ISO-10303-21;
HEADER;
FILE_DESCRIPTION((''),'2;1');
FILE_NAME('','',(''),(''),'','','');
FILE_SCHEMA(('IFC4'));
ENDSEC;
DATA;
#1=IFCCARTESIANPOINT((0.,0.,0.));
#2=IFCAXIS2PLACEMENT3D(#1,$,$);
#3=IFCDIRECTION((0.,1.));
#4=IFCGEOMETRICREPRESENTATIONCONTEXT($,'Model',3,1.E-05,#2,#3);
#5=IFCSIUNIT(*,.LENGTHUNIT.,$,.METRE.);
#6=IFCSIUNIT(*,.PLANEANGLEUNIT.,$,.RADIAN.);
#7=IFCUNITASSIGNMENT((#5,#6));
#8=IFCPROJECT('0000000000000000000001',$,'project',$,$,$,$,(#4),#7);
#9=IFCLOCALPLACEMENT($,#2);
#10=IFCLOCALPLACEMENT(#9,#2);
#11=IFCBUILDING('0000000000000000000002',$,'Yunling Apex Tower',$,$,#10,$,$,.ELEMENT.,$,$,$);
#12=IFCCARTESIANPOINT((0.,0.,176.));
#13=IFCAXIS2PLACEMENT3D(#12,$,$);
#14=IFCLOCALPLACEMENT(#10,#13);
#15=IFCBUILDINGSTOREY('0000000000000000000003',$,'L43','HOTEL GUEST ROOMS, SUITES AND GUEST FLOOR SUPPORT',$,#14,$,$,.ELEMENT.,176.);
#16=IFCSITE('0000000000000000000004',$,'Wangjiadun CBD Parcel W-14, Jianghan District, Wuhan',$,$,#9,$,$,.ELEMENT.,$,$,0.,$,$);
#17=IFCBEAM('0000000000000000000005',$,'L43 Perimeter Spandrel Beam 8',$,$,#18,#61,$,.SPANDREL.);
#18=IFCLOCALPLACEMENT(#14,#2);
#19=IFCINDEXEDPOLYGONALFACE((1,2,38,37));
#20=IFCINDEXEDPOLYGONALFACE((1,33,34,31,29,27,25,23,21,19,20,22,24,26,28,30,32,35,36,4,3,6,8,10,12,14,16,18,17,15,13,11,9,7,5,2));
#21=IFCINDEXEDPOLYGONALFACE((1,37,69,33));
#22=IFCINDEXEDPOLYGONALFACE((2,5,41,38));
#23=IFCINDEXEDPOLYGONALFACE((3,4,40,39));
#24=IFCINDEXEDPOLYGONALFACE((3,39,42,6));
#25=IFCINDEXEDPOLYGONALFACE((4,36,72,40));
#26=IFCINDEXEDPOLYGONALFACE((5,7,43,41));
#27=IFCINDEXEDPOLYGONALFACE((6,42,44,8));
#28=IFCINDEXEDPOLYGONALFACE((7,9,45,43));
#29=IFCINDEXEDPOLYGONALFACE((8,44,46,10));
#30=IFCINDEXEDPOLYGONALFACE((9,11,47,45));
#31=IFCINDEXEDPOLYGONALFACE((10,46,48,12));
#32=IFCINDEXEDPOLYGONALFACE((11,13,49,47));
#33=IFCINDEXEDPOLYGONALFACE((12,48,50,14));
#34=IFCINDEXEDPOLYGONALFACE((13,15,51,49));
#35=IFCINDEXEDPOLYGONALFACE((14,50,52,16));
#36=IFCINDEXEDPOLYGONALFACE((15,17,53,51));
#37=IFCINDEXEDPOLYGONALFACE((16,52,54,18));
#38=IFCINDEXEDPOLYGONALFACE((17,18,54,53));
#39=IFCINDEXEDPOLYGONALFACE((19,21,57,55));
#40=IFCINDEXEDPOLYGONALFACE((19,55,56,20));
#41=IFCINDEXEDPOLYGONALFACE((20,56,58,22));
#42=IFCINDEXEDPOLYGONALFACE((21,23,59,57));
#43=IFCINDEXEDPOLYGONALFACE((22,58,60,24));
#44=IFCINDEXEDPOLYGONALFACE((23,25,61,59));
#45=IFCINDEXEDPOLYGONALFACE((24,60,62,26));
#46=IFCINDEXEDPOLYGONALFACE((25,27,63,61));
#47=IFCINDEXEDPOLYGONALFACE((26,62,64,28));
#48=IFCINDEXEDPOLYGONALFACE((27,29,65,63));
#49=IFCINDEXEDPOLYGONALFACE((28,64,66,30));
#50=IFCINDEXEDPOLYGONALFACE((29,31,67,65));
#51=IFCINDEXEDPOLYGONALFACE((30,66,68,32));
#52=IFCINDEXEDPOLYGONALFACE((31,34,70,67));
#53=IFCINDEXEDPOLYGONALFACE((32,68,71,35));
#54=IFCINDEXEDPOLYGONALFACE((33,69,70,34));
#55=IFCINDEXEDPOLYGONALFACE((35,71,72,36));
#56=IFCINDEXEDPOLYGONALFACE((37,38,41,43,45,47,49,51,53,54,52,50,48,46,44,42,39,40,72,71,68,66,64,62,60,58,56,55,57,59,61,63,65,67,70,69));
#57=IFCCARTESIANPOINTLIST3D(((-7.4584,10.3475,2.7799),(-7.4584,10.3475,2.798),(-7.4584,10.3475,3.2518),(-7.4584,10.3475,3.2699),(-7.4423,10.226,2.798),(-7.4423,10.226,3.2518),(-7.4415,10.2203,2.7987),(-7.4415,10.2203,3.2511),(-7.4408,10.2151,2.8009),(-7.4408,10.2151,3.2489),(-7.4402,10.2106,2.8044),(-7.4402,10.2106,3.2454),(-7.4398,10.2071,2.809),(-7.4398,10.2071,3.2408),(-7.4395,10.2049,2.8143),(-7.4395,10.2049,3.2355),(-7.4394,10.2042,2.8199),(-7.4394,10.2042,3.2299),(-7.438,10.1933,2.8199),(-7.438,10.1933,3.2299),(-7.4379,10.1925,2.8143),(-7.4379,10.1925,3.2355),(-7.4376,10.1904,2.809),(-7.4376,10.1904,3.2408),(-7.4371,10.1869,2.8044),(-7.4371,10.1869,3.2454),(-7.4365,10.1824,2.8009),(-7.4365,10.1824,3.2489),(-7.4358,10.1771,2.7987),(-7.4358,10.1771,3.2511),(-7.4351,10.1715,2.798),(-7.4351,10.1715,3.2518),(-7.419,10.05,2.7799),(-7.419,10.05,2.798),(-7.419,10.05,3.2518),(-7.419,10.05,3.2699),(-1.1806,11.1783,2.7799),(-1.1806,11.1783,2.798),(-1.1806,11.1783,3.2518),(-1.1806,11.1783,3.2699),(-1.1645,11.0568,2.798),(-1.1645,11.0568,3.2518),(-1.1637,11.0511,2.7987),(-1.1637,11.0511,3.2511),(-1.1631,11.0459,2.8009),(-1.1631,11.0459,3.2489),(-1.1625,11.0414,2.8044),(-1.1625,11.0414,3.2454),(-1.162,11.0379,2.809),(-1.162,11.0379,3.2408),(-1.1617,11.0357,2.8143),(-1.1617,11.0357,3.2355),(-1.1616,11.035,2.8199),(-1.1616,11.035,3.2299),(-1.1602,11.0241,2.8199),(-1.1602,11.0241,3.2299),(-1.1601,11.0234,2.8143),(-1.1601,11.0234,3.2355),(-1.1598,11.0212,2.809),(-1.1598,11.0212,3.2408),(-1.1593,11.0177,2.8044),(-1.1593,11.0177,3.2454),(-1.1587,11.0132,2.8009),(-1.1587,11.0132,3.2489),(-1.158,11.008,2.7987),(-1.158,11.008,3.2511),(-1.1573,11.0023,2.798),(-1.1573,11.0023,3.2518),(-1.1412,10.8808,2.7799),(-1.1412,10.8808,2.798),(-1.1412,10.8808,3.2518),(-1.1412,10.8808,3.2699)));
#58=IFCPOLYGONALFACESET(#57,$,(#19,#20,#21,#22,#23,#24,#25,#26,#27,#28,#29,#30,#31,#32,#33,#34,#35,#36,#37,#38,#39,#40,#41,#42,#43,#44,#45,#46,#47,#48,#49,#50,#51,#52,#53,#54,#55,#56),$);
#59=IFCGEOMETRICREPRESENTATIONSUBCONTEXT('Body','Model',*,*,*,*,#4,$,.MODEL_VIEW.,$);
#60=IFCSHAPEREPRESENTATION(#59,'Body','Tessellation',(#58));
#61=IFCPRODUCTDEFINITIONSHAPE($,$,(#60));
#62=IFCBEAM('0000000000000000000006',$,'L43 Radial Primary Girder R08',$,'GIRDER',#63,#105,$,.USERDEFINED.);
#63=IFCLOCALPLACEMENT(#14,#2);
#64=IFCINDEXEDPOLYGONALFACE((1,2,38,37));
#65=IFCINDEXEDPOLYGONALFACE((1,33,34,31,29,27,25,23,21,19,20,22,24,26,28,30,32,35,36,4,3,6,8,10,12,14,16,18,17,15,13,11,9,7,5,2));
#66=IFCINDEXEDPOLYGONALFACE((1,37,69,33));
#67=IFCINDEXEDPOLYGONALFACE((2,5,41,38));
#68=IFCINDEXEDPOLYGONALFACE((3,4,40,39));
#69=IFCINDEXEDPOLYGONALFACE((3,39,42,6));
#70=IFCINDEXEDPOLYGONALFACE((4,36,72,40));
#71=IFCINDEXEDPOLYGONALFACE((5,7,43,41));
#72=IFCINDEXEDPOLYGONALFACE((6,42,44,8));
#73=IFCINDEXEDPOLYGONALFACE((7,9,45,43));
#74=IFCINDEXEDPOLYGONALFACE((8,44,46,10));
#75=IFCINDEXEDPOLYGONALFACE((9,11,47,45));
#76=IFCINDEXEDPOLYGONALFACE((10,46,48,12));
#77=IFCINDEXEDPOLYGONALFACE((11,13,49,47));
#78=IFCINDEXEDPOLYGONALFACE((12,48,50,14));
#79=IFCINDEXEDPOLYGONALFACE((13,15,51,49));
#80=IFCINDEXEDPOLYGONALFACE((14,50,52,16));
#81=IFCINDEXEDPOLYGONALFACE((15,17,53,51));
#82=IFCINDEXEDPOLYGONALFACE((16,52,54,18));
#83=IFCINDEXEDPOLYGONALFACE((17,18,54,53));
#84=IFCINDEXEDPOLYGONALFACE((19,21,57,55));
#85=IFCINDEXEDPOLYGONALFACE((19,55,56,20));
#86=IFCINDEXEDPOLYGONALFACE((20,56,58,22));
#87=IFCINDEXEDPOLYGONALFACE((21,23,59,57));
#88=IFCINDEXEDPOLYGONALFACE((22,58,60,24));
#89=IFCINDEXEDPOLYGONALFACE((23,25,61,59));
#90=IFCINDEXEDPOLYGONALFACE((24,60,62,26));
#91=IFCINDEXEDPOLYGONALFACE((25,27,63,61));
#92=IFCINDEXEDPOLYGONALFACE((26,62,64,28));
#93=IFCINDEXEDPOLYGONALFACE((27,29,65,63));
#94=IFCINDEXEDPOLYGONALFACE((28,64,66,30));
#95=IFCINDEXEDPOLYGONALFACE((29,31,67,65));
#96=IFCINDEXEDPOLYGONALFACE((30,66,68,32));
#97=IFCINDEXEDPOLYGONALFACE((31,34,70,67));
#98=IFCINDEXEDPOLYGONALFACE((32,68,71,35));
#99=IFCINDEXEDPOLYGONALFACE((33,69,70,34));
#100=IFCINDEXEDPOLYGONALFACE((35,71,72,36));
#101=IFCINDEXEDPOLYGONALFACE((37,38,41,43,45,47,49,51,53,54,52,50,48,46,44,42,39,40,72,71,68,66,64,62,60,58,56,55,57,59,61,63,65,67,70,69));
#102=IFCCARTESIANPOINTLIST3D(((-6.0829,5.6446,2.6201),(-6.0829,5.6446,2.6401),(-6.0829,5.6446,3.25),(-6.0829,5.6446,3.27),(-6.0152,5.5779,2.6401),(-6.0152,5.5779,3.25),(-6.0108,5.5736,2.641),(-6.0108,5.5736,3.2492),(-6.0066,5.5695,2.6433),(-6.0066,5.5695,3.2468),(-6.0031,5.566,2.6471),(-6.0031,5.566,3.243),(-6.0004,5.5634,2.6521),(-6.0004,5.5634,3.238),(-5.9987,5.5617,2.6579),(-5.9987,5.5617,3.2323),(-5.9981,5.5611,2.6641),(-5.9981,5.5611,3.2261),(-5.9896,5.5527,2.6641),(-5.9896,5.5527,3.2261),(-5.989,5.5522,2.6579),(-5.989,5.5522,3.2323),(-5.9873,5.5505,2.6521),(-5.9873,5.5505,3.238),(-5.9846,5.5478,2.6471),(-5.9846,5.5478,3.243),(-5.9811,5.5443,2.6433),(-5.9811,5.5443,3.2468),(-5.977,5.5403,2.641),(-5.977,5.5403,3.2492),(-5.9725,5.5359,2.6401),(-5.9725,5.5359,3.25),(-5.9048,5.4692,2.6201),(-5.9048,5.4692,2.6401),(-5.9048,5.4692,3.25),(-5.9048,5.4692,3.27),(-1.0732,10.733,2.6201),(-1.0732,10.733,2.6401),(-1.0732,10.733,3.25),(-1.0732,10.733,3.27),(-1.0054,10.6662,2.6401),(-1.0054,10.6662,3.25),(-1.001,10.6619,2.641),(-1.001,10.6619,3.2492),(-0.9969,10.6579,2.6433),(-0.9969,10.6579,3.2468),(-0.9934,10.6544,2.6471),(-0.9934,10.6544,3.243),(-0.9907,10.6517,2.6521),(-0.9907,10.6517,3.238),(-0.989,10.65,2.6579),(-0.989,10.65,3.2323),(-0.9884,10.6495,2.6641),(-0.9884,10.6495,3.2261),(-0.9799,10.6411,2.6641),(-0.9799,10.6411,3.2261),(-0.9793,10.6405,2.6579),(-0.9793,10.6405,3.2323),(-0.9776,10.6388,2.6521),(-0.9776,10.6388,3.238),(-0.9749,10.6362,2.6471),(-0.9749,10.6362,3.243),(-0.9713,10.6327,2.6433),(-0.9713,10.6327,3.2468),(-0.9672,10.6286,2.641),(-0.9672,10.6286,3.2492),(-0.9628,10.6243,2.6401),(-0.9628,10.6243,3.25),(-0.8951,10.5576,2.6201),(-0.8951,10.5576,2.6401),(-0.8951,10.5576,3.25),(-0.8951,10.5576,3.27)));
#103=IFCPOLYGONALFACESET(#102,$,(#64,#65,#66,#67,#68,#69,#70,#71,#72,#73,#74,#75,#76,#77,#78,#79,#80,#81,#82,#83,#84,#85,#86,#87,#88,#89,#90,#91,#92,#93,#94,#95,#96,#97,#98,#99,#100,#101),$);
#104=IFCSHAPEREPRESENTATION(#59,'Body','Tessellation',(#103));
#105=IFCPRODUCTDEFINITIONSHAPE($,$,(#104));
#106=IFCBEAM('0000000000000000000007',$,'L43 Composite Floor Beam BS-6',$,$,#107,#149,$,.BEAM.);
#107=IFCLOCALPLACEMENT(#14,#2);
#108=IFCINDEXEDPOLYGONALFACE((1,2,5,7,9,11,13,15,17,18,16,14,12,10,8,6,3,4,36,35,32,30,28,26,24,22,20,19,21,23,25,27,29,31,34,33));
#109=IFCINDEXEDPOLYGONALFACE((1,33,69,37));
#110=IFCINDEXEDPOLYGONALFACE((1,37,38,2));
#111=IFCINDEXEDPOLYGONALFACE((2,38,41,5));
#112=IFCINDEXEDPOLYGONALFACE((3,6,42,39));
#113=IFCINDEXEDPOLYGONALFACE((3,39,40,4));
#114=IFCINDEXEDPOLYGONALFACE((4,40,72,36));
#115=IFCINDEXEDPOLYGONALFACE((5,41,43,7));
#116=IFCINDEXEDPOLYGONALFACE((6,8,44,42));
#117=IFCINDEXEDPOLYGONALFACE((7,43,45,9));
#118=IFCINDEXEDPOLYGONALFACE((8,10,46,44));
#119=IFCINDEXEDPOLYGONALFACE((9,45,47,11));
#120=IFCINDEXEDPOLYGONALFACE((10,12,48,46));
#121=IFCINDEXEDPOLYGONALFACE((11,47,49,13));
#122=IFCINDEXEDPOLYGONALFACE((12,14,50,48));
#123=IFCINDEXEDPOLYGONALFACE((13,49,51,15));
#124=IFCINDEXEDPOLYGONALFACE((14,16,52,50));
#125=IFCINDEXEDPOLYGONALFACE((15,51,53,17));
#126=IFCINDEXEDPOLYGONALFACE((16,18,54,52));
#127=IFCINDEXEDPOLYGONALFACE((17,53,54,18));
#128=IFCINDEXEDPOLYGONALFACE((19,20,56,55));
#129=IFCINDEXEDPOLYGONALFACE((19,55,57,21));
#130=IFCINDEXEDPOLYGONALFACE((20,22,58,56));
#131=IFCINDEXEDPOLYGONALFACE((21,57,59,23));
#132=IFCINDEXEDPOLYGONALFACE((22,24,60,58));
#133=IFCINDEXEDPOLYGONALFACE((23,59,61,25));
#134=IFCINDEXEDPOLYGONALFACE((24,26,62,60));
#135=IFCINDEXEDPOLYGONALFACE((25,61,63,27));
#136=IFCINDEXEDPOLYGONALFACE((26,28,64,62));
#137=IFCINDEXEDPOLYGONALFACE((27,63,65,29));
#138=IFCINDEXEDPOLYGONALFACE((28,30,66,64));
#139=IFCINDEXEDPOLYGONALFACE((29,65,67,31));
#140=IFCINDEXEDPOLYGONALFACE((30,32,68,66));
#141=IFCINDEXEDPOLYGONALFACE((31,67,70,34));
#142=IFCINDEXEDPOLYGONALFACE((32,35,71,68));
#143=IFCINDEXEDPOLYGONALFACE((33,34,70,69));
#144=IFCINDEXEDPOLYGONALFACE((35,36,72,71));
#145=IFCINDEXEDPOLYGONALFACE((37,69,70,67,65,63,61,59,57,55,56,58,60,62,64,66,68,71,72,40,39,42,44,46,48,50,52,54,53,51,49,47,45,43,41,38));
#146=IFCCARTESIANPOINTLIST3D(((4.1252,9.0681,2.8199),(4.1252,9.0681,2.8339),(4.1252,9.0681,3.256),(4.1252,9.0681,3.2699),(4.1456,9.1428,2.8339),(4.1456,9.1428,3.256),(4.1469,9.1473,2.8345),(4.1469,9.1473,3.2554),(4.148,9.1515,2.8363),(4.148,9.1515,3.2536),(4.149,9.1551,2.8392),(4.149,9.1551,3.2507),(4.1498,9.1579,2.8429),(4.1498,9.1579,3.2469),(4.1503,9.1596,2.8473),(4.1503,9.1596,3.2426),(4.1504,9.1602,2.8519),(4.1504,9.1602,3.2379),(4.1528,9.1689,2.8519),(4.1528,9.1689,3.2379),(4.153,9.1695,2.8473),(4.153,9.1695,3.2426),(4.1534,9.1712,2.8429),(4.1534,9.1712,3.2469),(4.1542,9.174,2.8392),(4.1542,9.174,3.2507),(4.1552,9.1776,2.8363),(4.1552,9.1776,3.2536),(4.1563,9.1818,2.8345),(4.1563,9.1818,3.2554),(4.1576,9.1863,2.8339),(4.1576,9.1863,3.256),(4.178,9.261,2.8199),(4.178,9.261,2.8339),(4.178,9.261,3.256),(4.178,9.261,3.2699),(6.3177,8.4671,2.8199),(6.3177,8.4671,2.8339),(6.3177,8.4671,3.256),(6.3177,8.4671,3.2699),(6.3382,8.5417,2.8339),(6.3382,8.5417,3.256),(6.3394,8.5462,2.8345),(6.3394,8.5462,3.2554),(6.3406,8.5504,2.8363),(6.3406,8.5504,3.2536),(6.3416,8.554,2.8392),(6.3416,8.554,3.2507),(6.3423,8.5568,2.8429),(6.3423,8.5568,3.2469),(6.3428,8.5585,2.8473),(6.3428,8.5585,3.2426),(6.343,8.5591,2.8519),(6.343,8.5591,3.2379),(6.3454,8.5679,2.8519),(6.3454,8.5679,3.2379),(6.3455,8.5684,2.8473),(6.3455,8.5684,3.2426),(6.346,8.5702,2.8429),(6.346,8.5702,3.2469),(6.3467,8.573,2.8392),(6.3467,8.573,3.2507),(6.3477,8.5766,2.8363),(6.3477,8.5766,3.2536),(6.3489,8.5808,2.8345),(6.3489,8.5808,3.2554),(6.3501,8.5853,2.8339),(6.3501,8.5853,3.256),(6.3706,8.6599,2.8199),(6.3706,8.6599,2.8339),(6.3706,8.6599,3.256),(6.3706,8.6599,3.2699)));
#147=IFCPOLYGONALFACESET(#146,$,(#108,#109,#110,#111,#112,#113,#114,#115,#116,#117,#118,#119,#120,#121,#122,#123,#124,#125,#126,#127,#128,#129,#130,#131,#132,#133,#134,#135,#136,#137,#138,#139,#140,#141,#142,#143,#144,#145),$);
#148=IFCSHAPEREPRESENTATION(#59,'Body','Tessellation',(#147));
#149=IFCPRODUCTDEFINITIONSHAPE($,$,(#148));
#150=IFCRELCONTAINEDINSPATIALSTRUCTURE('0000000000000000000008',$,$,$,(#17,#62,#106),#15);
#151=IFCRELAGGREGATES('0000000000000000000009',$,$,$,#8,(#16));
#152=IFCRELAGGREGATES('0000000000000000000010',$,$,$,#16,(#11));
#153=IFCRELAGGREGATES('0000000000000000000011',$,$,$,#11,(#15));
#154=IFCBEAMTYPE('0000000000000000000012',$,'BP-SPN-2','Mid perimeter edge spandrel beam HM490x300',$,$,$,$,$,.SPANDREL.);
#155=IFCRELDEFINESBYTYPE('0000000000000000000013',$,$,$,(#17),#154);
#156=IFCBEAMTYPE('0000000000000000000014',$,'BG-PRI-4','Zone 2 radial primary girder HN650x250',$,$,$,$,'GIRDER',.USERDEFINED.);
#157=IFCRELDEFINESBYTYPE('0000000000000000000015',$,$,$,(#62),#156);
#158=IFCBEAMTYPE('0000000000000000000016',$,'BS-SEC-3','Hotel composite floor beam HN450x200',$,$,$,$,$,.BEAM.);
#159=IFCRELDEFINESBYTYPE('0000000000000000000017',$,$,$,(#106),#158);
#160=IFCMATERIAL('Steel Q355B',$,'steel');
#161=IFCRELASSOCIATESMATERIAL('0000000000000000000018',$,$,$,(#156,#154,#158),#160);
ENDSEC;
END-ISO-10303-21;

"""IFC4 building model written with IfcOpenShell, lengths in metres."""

from ifc_helpers import new_model, si_unit, direction, frame, origin, origin_2d, place, context, subcontext, project, spatial, i_section, extrude, source, transform, mapped, material, material_profile, profile_set, type_object, element, save


model = new_model("IFC4")

# Units and contexts
model_context = context("Model", 3, precision=1e-05, world=origin(), true_north=direction((0.0, 1.0)))
body_context = subcontext(model_context, "Body", "Model", "MODEL_VIEW")
ifc_project = project(units=[si_unit("LENGTHUNIT", "METRE"), si_unit("PLANEANGLEUNIT", "RADIAN")], contexts=[model_context])

# Site, building, storey
site_placement = place(None, origin())
site = spatial("IfcSite", under=ifc_project, at=site_placement, Name="Wangjiadun CBD Parcel W-14, Jianghan District, Wuhan", CompositionType="ELEMENT", RefElevation=0.0)
building_placement = place(site_placement, origin())
building = spatial("IfcBuilding", under=site, at=building_placement, Name="Yunling Apex Tower", CompositionType="ELEMENT")
storey_placement = place(building_placement, frame((0.0, 0.0, 176.0)))
storey = spatial("IfcBuildingStorey", under=building, at=storey_placement, Name="L43", Description="HOTEL GUEST ROOMS, SUITES AND GUEST FLOOR SUPPORT", CompositionType="ELEMENT", Elevation=176.0)

# Beams
ifc_material_1 = material(Name="Steel Q355B", Category="steel")
ifc_material_profile_1 = material_profile(ifc_material_1, i_section(OverallWidth=0.25, OverallDepth=0.6499, WebThickness=0.012, FlangeThickness=0.02, FilletRadius=0.0239, at=origin_2d()))
ifc_profile_set_1 = profile_set([ifc_material_profile_1], Name="Steel Q355B")
beam_type_1 = type_object("IfcBeamType", Name="BG-PRI-4", Description="Zone 2 radial primary girder HN650x250", ElementType="GIRDER", PredefinedType="USERDEFINED", material=ifc_profile_set_1)
ifc_material_profile_2 = material_profile(ifc_material_1, i_section(OverallWidth=0.3, OverallDepth=0.49, WebThickness=0.011, FlangeThickness=0.0181, FilletRadius=0.022, at=origin_2d()))
ifc_profile_set_2 = profile_set([ifc_material_profile_2], Name="Steel Q355B")
beam_type_2 = type_object("IfcBeamType", Name="BP-SPN-2", Description="Mid perimeter edge spandrel beam HM490x300", PredefinedType="SPANDREL", material=ifc_profile_set_2)
shared_shape_1 = source(origin(), body_context, "Body", "SweptSolid", [
    extrude(i_section(OverallWidth=0.3, OverallDepth=0.49, WebThickness=0.011, FlangeThickness=0.0181, FilletRadius=0.022, at=origin_2d()), origin(), (0.0, 0.0, 1.0), 6.3325),
])
beam_1_placement = place(storey_placement, frame((-1.1609, 11.0295, 3.0249), z_axis=(-0.991356, -0.131196, 0.0), x_axis=(0.131196, -0.991356, 0.0)))
element("IfcBeam", 1, at=beam_1_placement, inside=storey, type_object=beam_type_2, Name="L43 Perimeter Spandrel Beam 8", PredefinedType="SPANDREL", context=body_context, shape_type="MappedRepresentation", body=[
    mapped(shared_shape_1, transform((0.0, 0.0, 0.0), scale=1.0)),
])
shared_shape_2 = source(origin(), body_context, "Body", "SweptSolid", [
    extrude(i_section(OverallWidth=0.25, OverallDepth=0.6499, WebThickness=0.012, FlangeThickness=0.02, FilletRadius=0.0239, at=origin_2d()), origin(), (0.0, 0.0, 1.0), 7.1406),
])
beam_2_placement = place(storey_placement, frame((-0.9841, 10.6453, 2.9451), z_axis=(-0.701581, -0.71259, 0.0), x_axis=(0.71259, -0.701581, 0.0)))
element("IfcBeam", 2, at=beam_2_placement, inside=storey, type_object=beam_type_1, Name="L43 Radial Primary Girder R08", ObjectType="GIRDER", PredefinedType="USERDEFINED", context=body_context, shape_type="MappedRepresentation", body=[
    mapped(shared_shape_2, transform((0.0, 0.0, 0.0), scale=1.0)),
])
ifc_material_profile_3 = material_profile(ifc_material_1, i_section(OverallWidth=0.2, OverallDepth=0.45, WebThickness=0.009, FlangeThickness=0.0139, FilletRadius=0.0181, at=origin_2d()))
ifc_profile_set_3 = profile_set([ifc_material_profile_3], Name="Steel Q355B")
beam_type_3 = type_object("IfcBeamType", Name="BS-SEC-3", Description="Hotel composite floor beam HN450x200", PredefinedType="BEAM", material=ifc_profile_set_3)
shared_shape_3 = source(origin(), body_context, "Body", "SweptSolid", [
    extrude(i_section(OverallWidth=0.2, OverallDepth=0.45, WebThickness=0.009, FlangeThickness=0.0139, FilletRadius=0.0181, at=origin_2d()), origin(), (0.0, 0.0, 1.0), 2.2734),
])
beam_3_placement = place(storey_placement, frame((4.1516, 9.1646, 3.0449), z_axis=(0.964419, -0.26438, 0.0), x_axis=(0.26438, 0.964419, 0.0)))
element("IfcBeam", 3, at=beam_3_placement, inside=storey, type_object=beam_type_3, Name="L43 Composite Floor Beam BS-6", PredefinedType="BEAM", context=body_context, shape_type="MappedRepresentation", body=[
    mapped(shared_shape_3, transform((0.0, 0.0, 0.0), scale=1.0)),
])

save(model, "model.ifc")
